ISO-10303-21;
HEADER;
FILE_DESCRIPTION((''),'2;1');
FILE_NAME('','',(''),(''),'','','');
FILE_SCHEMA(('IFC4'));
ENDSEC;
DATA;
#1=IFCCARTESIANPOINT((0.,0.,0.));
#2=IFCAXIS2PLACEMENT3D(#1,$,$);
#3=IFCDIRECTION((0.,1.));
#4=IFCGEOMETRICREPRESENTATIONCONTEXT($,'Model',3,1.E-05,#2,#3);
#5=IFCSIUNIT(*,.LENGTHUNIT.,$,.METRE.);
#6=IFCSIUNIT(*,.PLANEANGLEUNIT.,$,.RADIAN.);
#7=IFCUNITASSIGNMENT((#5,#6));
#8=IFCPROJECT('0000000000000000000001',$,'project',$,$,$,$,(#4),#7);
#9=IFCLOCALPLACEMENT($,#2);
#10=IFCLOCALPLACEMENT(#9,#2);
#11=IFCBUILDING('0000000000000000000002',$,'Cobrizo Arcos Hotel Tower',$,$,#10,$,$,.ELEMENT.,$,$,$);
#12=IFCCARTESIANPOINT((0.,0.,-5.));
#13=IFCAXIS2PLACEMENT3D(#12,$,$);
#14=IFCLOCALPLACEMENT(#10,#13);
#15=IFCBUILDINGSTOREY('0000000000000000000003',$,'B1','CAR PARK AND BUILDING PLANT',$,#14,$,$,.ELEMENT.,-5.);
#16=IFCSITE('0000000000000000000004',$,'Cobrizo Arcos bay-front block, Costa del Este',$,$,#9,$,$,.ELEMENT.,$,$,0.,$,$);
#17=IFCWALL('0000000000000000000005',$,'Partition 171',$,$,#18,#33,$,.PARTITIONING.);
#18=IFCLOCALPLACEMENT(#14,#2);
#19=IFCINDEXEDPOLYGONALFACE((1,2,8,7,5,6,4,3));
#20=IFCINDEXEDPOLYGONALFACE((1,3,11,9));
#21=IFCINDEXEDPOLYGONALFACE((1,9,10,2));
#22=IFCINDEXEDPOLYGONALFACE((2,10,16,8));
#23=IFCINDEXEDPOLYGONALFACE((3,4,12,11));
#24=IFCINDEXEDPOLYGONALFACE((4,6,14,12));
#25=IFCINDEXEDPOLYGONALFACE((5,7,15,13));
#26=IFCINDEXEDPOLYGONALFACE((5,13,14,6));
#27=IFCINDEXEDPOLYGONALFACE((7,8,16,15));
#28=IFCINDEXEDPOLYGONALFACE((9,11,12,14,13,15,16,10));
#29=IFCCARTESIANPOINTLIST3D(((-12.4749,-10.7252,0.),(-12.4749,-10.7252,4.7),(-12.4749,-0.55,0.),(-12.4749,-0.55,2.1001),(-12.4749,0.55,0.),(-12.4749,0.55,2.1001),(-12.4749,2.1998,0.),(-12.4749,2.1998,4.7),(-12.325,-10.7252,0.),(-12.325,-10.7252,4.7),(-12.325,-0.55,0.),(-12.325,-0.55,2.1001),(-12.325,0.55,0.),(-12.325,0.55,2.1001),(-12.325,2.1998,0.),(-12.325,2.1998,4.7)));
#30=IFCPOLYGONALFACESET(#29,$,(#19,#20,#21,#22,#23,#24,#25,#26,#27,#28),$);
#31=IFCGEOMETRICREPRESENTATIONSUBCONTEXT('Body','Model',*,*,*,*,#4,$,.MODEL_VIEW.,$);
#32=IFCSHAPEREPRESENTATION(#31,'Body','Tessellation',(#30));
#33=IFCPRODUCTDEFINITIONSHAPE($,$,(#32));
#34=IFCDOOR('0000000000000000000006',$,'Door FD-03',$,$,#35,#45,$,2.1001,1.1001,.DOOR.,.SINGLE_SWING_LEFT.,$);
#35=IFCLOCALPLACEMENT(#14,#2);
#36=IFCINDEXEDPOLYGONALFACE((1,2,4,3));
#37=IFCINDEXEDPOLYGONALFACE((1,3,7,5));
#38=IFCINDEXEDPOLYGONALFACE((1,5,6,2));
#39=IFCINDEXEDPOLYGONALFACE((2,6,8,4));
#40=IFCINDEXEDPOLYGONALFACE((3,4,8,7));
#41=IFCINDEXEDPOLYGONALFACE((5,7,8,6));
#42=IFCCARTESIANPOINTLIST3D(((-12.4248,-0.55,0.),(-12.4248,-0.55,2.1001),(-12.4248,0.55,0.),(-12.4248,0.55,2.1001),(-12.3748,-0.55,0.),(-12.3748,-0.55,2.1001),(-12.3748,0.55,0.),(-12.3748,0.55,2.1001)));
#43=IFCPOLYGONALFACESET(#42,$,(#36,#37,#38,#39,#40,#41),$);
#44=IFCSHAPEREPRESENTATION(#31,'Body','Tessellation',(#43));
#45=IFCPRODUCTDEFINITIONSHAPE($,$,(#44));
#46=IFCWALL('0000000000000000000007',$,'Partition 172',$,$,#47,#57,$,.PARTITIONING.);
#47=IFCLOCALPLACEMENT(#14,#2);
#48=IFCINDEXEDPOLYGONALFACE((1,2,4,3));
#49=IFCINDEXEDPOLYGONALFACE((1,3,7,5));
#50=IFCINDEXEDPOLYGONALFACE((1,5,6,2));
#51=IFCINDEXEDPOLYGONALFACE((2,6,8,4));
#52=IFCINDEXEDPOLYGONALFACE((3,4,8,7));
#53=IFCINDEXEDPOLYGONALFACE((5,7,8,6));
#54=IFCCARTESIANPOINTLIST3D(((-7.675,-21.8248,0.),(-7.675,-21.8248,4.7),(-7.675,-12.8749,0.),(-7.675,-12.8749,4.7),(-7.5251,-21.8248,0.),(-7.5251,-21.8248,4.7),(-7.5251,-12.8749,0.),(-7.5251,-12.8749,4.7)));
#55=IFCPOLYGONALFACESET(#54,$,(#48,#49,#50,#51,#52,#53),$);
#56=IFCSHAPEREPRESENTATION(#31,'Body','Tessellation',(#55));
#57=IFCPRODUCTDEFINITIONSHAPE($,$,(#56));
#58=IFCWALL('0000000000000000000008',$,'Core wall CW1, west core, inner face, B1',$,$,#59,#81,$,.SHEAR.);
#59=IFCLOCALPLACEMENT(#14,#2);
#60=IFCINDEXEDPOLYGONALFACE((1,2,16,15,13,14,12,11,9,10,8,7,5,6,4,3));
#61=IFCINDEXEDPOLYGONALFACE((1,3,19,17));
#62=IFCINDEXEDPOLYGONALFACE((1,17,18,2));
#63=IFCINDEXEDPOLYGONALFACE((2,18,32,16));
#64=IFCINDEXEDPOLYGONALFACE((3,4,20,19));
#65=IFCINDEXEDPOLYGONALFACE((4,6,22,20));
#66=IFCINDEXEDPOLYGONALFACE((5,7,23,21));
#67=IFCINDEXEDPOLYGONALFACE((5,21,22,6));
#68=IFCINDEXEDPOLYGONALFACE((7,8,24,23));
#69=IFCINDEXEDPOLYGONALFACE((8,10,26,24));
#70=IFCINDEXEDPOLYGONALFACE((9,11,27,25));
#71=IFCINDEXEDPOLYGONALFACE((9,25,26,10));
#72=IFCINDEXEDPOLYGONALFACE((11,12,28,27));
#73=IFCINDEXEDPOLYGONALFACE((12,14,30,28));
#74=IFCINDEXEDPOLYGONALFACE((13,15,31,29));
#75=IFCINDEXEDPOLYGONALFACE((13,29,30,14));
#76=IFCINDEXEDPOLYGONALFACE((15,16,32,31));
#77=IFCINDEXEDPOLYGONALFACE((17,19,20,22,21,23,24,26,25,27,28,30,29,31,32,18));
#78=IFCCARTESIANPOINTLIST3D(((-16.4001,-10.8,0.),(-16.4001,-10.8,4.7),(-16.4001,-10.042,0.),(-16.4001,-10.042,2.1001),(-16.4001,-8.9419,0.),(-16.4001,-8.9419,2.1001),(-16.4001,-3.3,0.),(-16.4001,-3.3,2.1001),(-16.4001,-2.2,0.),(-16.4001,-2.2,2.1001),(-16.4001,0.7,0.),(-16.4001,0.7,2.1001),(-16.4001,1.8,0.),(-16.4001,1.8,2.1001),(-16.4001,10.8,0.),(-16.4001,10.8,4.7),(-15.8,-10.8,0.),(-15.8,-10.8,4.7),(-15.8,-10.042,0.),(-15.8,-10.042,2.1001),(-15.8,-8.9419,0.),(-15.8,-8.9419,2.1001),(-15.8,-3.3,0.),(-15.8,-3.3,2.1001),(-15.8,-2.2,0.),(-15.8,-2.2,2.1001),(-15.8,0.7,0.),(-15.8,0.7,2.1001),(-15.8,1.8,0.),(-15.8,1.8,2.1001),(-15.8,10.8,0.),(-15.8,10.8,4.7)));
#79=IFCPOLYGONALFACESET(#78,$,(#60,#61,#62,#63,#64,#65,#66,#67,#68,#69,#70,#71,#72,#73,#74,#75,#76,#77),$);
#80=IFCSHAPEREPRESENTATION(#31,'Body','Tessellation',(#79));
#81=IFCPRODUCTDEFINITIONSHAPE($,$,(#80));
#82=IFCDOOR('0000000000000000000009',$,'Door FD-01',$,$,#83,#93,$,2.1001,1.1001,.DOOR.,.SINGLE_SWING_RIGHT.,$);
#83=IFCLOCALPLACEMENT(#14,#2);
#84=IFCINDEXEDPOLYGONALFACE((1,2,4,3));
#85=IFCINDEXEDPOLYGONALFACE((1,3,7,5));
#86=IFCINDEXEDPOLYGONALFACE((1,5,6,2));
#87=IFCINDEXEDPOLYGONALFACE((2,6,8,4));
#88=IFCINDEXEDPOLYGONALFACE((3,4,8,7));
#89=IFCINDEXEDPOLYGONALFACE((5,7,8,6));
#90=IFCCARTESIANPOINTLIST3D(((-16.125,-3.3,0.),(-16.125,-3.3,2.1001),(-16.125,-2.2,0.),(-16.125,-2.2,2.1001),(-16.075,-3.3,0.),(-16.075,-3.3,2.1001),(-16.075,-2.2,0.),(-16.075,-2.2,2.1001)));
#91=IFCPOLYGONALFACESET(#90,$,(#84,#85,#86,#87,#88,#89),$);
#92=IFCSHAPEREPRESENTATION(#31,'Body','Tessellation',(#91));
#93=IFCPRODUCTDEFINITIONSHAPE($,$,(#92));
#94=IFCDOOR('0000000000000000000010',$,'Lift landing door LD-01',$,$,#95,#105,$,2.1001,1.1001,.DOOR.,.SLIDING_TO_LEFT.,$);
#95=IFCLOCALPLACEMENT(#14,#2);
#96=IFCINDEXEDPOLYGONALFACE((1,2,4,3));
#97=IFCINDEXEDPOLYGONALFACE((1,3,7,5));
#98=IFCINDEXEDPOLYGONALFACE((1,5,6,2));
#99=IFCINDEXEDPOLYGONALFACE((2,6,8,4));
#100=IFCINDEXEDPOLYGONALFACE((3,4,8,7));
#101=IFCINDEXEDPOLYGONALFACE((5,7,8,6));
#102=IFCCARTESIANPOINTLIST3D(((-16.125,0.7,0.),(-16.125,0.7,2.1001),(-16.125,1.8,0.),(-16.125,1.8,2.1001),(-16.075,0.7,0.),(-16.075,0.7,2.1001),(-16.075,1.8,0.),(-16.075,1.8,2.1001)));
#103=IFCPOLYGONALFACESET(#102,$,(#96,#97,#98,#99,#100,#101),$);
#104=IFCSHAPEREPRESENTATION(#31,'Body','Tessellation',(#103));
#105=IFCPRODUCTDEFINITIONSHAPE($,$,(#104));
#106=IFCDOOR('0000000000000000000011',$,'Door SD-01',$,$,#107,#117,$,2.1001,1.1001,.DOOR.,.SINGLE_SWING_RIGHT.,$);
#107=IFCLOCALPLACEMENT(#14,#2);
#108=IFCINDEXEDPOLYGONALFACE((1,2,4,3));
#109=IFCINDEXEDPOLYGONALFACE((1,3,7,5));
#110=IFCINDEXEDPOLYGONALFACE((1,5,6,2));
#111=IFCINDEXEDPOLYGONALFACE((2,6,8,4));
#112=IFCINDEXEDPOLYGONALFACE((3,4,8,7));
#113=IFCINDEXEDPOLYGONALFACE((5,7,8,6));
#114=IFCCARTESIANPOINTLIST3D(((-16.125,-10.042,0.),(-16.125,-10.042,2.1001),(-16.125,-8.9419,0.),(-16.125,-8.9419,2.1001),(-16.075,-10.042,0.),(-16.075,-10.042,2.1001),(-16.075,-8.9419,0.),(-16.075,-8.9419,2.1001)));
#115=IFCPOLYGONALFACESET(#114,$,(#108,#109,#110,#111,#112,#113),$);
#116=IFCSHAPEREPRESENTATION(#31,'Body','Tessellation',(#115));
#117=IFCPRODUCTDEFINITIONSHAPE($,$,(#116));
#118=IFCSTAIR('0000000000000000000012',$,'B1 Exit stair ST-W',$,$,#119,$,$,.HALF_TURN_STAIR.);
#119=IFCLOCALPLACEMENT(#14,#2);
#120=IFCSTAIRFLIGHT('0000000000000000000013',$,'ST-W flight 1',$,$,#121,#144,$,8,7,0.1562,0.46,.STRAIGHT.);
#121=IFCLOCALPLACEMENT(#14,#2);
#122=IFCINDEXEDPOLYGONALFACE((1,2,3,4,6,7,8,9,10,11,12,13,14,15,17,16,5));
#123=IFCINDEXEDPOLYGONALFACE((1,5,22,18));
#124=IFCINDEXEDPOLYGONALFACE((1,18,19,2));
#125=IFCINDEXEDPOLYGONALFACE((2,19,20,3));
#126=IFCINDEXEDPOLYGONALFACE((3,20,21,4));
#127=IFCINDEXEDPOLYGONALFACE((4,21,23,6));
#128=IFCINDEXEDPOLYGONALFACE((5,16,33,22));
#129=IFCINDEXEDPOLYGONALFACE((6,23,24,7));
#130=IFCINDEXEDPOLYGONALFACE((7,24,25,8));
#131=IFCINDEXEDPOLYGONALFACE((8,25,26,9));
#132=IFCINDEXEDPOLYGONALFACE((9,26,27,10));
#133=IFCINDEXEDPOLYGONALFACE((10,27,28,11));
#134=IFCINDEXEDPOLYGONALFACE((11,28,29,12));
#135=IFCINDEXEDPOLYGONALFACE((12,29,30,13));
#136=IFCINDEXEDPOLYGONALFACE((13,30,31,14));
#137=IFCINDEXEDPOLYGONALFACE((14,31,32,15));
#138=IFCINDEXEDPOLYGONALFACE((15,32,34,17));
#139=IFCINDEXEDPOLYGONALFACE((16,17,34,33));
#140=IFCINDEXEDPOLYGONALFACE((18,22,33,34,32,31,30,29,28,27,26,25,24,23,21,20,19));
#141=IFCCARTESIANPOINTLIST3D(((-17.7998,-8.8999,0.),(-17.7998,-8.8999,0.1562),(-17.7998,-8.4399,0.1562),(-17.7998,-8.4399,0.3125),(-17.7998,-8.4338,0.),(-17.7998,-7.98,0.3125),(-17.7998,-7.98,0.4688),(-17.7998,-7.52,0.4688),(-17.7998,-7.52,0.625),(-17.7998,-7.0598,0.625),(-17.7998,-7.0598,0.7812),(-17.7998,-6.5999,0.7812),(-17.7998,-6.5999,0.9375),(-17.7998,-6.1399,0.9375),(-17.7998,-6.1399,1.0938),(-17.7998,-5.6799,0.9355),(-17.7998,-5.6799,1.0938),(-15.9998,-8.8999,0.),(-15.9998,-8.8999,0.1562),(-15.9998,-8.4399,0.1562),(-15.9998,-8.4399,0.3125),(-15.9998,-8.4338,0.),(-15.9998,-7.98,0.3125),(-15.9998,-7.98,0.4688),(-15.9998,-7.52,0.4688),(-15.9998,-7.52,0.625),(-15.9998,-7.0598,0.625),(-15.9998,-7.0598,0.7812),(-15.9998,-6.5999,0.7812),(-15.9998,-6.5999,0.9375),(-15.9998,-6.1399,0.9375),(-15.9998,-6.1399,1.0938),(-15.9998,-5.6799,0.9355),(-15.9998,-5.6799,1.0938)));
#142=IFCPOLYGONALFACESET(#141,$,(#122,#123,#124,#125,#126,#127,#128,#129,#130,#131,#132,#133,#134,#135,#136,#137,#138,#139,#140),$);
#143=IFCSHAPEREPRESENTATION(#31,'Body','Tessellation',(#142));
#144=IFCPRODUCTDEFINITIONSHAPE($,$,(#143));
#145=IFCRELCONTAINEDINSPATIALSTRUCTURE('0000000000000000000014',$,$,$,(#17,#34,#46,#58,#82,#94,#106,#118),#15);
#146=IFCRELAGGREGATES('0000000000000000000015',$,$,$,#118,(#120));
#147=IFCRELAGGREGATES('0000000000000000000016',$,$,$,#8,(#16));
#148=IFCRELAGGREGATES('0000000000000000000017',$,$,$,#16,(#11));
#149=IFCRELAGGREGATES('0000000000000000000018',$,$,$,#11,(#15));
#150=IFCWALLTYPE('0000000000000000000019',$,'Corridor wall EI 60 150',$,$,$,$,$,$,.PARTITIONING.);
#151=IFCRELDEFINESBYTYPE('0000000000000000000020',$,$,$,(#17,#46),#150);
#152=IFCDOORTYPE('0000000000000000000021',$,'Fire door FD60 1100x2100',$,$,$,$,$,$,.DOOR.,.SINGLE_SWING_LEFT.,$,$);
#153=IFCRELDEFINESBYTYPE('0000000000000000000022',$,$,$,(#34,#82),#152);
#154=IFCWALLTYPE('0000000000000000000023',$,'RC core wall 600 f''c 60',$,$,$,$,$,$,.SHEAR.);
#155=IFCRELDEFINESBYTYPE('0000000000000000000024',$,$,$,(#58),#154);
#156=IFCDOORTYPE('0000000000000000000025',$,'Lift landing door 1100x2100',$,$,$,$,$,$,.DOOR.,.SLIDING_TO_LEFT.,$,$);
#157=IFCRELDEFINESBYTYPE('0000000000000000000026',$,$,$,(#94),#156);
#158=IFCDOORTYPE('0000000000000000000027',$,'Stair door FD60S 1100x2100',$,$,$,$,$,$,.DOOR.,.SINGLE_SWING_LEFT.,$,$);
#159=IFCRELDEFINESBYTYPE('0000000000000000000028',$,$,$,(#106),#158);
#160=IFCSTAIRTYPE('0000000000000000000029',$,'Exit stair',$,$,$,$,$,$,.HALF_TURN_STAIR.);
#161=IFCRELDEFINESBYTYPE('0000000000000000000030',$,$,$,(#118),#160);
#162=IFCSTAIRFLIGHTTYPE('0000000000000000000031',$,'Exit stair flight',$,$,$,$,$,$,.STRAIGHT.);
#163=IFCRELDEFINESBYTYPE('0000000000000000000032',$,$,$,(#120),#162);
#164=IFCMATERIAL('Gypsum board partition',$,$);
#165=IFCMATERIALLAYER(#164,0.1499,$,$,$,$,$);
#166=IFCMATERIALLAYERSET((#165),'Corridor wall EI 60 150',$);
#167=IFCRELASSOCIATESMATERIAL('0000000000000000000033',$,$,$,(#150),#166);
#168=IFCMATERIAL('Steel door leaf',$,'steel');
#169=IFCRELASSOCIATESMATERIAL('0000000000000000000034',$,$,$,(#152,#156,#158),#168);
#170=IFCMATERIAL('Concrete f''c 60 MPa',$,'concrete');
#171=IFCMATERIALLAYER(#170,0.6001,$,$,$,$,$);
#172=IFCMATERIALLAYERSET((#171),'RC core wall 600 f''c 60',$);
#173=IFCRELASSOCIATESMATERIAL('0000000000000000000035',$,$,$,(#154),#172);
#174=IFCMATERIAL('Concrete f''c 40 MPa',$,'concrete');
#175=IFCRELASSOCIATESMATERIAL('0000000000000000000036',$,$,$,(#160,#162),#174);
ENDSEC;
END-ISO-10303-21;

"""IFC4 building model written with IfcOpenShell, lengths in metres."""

from ifc_helpers import new_model, si_unit, direction, frame, frame_2d, origin, place, context, subcontext, project, spatial, polyline, rectangle, outline, extrude, material, layer, layer_set, type_object, element, fill, aggregate, save


model = new_model("IFC4")

# Units and contexts
model_context = context("Model", 3, precision=1e-05, world=origin(), true_north=direction((0.0, 1.0)))
body_context = subcontext(model_context, "Body", "Model", "MODEL_VIEW")
ifc_project = project(units=[si_unit("LENGTHUNIT", "METRE"), si_unit("PLANEANGLEUNIT", "RADIAN")], contexts=[model_context])

# Site, building, storey
site_placement = place(None, origin())
site = spatial("IfcSite", under=ifc_project, at=site_placement, Name="Cobrizo Arcos bay-front block, Costa del Este", CompositionType="ELEMENT", RefElevation=0.0)
building_placement = place(site_placement, origin())
building = spatial("IfcBuilding", under=site, at=building_placement, Name="Cobrizo Arcos Hotel Tower", CompositionType="ELEMENT")
storey_placement = place(building_placement, frame((0.0, 0.0, -5.0)))
storey = spatial("IfcBuildingStorey", under=building, at=storey_placement, Name="B1", Description="CAR PARK AND BUILDING PLANT", CompositionType="ELEMENT", Elevation=-5.0)

# Shared definitions
ifc_material_1 = material(Name="Gypsum board partition")
ifc_layer_1 = layer(ifc_material_1, 0.1499)
ifc_layer_set_1 = layer_set([ifc_layer_1], Name="Corridor wall EI 60 150")
wall_type_1 = type_object("IfcWallType", Name="Corridor wall EI 60 150", PredefinedType="PARTITIONING", material=ifc_layer_set_1)

# Wall, opening, door
wall_1_placement = place(storey_placement, frame((-12.3999, -10.7251, 0.0), z_axis=(0.0, 0.0, 1.0), x_axis=(0.0, 1.0, 0.0)))
wall_1 = element("IfcWall", 1, at=wall_1_placement, inside=storey, type_object=wall_type_1, Name="Partition 171", PredefinedType="PARTITIONING", context=body_context, shape_type="SweptSolid", body=[
    extrude(rectangle(XDim=12.925, YDim=0.1499, at=frame_2d((6.4624, 0.0))), origin(), (0.0, 0.0, 1.0), 4.7),
])
opening_1_placement = place(wall_1_placement, frame((10.175, 0.0, 0.0)))
opening_1 = element("IfcOpeningElement", 2, at=opening_1_placement, cuts=wall_1, PredefinedType="OPENING", context=body_context, shape_type="SweptSolid", body=[
    extrude(rectangle(XDim=1.1001, YDim=2.1001, at=frame_2d((0.55, 1.05))), frame((0.0, 0.0869, 0.0), z_axis=(0.0, -1.0, 0.0), x_axis=(1.0, 0.0, 0.0)), (0.0, 0.0, 1.0), 0.1738),
])
ifc_material_2 = material(Name="Steel door leaf", Category="steel")
door_type_1 = type_object("IfcDoorType", Name="Fire door FD60 1100x2100", OperationType="SINGLE_SWING_LEFT", PredefinedType="DOOR", material=ifc_material_2)
door_1_placement = place(opening_1_placement, origin())
door_1 = element("IfcDoor", 3, at=door_1_placement, inside=storey, type_object=door_type_1, Name="Door FD-03", OperationType="SINGLE_SWING_LEFT", OverallHeight=2.1001, OverallWidth=1.1001, PredefinedType="DOOR", context=body_context, shape_type="SweptSolid", body=[
    extrude(rectangle(XDim=1.1001, YDim=2.1001, at=frame_2d((0.55, 1.05))), frame((0.0, 0.0249, 0.0), z_axis=(0.0, -1.0, 0.0), x_axis=(1.0, 0.0, 0.0)), (0.0, 0.0, 1.0), 0.05),
])
fill(opening_1, door_1)

# Wall
wall_2_placement = place(storey_placement, frame((-7.6001, -21.825, 0.0), z_axis=(0.0, 0.0, 1.0), x_axis=(0.0, 1.0, 0.0)))
element("IfcWall", 4, at=wall_2_placement, inside=storey, type_object=wall_type_1, Name="Partition 172", PredefinedType="PARTITIONING", context=body_context, shape_type="SweptSolid", body=[
    extrude(rectangle(XDim=8.95, YDim=0.1499, at=frame_2d((4.4751, 0.0))), origin(), (0.0, 0.0, 1.0), 4.7),
])

# Wall, openings, doors
ifc_material_3 = material(Name="Concrete f'c 60 MPa", Category="concrete")
ifc_layer_2 = layer(ifc_material_3, 0.6001)
ifc_layer_set_2 = layer_set([ifc_layer_2], Name="RC core wall 600 f'c 60")
wall_type_2 = type_object("IfcWallType", Name="RC core wall 600 f'c 60", PredefinedType="SHEAR", material=ifc_layer_set_2)
wall_3_placement = place(storey_placement, frame((-16.1001, -10.8, 0.0), z_axis=(0.0, 0.0, 1.0), x_axis=(0.0, 1.0, 0.0)))
wall_3 = element("IfcWall", 5, at=wall_3_placement, inside=storey, type_object=wall_type_2, Name="Core wall CW1, west core, inner face, B1", PredefinedType="SHEAR", context=body_context, shape_type="SweptSolid", body=[
    extrude(rectangle(XDim=21.6001, YDim=0.6001, at=frame_2d((10.8, 0.0))), origin(), (0.0, 0.0, 1.0), 4.7),
])
opening_2_placement = place(wall_3_placement, frame((11.5, 0.0, 0.0)))
opening_2 = element("IfcOpeningElement", 6, at=opening_2_placement, cuts=wall_3, PredefinedType="OPENING", context=body_context, shape_type="SweptSolid", body=[
    extrude(rectangle(XDim=1.1001, YDim=2.1001, at=frame_2d((0.55, 1.05))), frame((0.0, 0.312, 0.0), z_axis=(0.0, -1.0, 0.0), x_axis=(1.0, 0.0, 0.0)), (0.0, 0.0, 1.0), 0.624),
])
opening_3_placement = place(wall_3_placement, frame((0.7581, 0.0, 0.0)))
opening_3 = element("IfcOpeningElement", 7, at=opening_3_placement, cuts=wall_3, PredefinedType="OPENING", context=body_context, shape_type="SweptSolid", body=[
    extrude(rectangle(XDim=1.1001, YDim=2.1001, at=frame_2d((0.55, 1.05))), frame((0.0, 0.312, 0.0), z_axis=(0.0, -1.0, 0.0), x_axis=(1.0, 0.0, 0.0)), (0.0, 0.0, 1.0), 0.624),
])
opening_4_placement = place(wall_3_placement, frame((7.5, 0.0, 0.0)))
opening_4 = element("IfcOpeningElement", 8, at=opening_4_placement, cuts=wall_3, PredefinedType="OPENING", context=body_context, shape_type="SweptSolid", body=[
    extrude(rectangle(XDim=1.1001, YDim=2.1001, at=frame_2d((0.55, 1.05))), frame((0.0, 0.312, 0.0), z_axis=(0.0, -1.0, 0.0), x_axis=(1.0, 0.0, 0.0)), (0.0, 0.0, 1.0), 0.624),
])
door_2_placement = place(opening_4_placement, origin())
door_2 = element("IfcDoor", 9, at=door_2_placement, inside=storey, type_object=door_type_1, Name="Door FD-01", OperationType="SINGLE_SWING_RIGHT", OverallHeight=2.1001, OverallWidth=1.1001, PredefinedType="DOOR", context=body_context, shape_type="SweptSolid", body=[
    extrude(rectangle(XDim=1.1001, YDim=2.1001, at=frame_2d((0.55, 1.05))), frame((0.0, 0.0249, 0.0), z_axis=(0.0, -1.0, 0.0), x_axis=(1.0, 0.0, 0.0)), (0.0, 0.0, 1.0), 0.05),
])
fill(opening_4, door_2)
door_type_2 = type_object("IfcDoorType", Name="Lift landing door 1100x2100", OperationType="SLIDING_TO_LEFT", PredefinedType="DOOR", material=ifc_material_2)
door_3_placement = place(opening_2_placement, origin())
door_3 = element("IfcDoor", 10, at=door_3_placement, inside=storey, type_object=door_type_2, Name="Lift landing door LD-01", OperationType="SLIDING_TO_LEFT", OverallHeight=2.1001, OverallWidth=1.1001, PredefinedType="DOOR", context=body_context, shape_type="SweptSolid", body=[
    extrude(rectangle(XDim=1.1001, YDim=2.1001, at=frame_2d((0.55, 1.05))), frame((0.0, 0.0249, 0.0), z_axis=(0.0, -1.0, 0.0), x_axis=(1.0, 0.0, 0.0)), (0.0, 0.0, 1.0), 0.05),
])
fill(opening_2, door_3)
door_type_3 = type_object("IfcDoorType", Name="Stair door FD60S 1100x2100", OperationType="SINGLE_SWING_LEFT", PredefinedType="DOOR", material=ifc_material_2)
door_4_placement = place(opening_3_placement, origin())
door_4 = element("IfcDoor", 11, at=door_4_placement, inside=storey, type_object=door_type_3, Name="Door SD-01", OperationType="SINGLE_SWING_RIGHT", OverallHeight=2.1001, OverallWidth=1.1001, PredefinedType="DOOR", context=body_context, shape_type="SweptSolid", body=[
    extrude(rectangle(XDim=1.1001, YDim=2.1001, at=frame_2d((0.55, 1.05))), frame((0.0, 0.0249, 0.0), z_axis=(0.0, -1.0, 0.0), x_axis=(1.0, 0.0, 0.0)), (0.0, 0.0, 1.0), 0.05),
])
fill(opening_3, door_4)

# Stair, stair flight
ifc_material_4 = material(Name="Concrete f'c 40 MPa", Category="concrete")
stair_type = type_object("IfcStairType", Name="Exit stair", PredefinedType="HALF_TURN_STAIR", material=ifc_material_4)
stair_placement = place(storey_placement, origin())
stair = element("IfcStair", 12, at=stair_placement, inside=storey, type_object=stair_type, Name="B1 Exit stair ST-W", PredefinedType="HALF_TURN_STAIR")
stair_flight_type = type_object("IfcStairFlightType", Name="Exit stair flight", PredefinedType="STRAIGHT", material=ifc_material_4)
stair_flight_placement = place(storey_placement, frame((-16.8999, -8.8999, 0.0), z_axis=(0.0, 0.0, 1.0), x_axis=(0.0, 1.0, 0.0)))
stair_flight = element("IfcStairFlight", 13, at=stair_flight_placement, type_object=stair_flight_type, Name="ST-W flight 1", NumberOfRisers=8, NumberOfTreads=7, PredefinedType="STRAIGHT", RiserHeight=0.1562, TreadLength=0.46, context=body_context, shape_type="SweptSolid", body=[
    extrude(outline(polyline([(0.0, 0.0), (0.0, 0.1562), (0.46, 0.1562), (0.46, 0.3125), (0.9199, 0.3125), (0.9199, 0.4688), (1.3799, 0.4688), (1.3799, 0.625), (1.8401, 0.625), (1.8401, 0.7812), (2.3, 0.7812), (2.3, 0.9375), (2.76, 0.9375), (2.76, 1.0938), (3.22, 1.0938), (3.22, 1.25), (3.22, 0.9355), (0.4661, 0.0), (0.0, 0.0)])), frame((0.0, 0.8999, 0.0), z_axis=(0.0, -1.0, 0.0), x_axis=(1.0, 0.0, 0.0)), (0.0, 0.0, 1.0), 1.8),
])
aggregate(stair, [stair_flight])

save(model, "model.ifc")
